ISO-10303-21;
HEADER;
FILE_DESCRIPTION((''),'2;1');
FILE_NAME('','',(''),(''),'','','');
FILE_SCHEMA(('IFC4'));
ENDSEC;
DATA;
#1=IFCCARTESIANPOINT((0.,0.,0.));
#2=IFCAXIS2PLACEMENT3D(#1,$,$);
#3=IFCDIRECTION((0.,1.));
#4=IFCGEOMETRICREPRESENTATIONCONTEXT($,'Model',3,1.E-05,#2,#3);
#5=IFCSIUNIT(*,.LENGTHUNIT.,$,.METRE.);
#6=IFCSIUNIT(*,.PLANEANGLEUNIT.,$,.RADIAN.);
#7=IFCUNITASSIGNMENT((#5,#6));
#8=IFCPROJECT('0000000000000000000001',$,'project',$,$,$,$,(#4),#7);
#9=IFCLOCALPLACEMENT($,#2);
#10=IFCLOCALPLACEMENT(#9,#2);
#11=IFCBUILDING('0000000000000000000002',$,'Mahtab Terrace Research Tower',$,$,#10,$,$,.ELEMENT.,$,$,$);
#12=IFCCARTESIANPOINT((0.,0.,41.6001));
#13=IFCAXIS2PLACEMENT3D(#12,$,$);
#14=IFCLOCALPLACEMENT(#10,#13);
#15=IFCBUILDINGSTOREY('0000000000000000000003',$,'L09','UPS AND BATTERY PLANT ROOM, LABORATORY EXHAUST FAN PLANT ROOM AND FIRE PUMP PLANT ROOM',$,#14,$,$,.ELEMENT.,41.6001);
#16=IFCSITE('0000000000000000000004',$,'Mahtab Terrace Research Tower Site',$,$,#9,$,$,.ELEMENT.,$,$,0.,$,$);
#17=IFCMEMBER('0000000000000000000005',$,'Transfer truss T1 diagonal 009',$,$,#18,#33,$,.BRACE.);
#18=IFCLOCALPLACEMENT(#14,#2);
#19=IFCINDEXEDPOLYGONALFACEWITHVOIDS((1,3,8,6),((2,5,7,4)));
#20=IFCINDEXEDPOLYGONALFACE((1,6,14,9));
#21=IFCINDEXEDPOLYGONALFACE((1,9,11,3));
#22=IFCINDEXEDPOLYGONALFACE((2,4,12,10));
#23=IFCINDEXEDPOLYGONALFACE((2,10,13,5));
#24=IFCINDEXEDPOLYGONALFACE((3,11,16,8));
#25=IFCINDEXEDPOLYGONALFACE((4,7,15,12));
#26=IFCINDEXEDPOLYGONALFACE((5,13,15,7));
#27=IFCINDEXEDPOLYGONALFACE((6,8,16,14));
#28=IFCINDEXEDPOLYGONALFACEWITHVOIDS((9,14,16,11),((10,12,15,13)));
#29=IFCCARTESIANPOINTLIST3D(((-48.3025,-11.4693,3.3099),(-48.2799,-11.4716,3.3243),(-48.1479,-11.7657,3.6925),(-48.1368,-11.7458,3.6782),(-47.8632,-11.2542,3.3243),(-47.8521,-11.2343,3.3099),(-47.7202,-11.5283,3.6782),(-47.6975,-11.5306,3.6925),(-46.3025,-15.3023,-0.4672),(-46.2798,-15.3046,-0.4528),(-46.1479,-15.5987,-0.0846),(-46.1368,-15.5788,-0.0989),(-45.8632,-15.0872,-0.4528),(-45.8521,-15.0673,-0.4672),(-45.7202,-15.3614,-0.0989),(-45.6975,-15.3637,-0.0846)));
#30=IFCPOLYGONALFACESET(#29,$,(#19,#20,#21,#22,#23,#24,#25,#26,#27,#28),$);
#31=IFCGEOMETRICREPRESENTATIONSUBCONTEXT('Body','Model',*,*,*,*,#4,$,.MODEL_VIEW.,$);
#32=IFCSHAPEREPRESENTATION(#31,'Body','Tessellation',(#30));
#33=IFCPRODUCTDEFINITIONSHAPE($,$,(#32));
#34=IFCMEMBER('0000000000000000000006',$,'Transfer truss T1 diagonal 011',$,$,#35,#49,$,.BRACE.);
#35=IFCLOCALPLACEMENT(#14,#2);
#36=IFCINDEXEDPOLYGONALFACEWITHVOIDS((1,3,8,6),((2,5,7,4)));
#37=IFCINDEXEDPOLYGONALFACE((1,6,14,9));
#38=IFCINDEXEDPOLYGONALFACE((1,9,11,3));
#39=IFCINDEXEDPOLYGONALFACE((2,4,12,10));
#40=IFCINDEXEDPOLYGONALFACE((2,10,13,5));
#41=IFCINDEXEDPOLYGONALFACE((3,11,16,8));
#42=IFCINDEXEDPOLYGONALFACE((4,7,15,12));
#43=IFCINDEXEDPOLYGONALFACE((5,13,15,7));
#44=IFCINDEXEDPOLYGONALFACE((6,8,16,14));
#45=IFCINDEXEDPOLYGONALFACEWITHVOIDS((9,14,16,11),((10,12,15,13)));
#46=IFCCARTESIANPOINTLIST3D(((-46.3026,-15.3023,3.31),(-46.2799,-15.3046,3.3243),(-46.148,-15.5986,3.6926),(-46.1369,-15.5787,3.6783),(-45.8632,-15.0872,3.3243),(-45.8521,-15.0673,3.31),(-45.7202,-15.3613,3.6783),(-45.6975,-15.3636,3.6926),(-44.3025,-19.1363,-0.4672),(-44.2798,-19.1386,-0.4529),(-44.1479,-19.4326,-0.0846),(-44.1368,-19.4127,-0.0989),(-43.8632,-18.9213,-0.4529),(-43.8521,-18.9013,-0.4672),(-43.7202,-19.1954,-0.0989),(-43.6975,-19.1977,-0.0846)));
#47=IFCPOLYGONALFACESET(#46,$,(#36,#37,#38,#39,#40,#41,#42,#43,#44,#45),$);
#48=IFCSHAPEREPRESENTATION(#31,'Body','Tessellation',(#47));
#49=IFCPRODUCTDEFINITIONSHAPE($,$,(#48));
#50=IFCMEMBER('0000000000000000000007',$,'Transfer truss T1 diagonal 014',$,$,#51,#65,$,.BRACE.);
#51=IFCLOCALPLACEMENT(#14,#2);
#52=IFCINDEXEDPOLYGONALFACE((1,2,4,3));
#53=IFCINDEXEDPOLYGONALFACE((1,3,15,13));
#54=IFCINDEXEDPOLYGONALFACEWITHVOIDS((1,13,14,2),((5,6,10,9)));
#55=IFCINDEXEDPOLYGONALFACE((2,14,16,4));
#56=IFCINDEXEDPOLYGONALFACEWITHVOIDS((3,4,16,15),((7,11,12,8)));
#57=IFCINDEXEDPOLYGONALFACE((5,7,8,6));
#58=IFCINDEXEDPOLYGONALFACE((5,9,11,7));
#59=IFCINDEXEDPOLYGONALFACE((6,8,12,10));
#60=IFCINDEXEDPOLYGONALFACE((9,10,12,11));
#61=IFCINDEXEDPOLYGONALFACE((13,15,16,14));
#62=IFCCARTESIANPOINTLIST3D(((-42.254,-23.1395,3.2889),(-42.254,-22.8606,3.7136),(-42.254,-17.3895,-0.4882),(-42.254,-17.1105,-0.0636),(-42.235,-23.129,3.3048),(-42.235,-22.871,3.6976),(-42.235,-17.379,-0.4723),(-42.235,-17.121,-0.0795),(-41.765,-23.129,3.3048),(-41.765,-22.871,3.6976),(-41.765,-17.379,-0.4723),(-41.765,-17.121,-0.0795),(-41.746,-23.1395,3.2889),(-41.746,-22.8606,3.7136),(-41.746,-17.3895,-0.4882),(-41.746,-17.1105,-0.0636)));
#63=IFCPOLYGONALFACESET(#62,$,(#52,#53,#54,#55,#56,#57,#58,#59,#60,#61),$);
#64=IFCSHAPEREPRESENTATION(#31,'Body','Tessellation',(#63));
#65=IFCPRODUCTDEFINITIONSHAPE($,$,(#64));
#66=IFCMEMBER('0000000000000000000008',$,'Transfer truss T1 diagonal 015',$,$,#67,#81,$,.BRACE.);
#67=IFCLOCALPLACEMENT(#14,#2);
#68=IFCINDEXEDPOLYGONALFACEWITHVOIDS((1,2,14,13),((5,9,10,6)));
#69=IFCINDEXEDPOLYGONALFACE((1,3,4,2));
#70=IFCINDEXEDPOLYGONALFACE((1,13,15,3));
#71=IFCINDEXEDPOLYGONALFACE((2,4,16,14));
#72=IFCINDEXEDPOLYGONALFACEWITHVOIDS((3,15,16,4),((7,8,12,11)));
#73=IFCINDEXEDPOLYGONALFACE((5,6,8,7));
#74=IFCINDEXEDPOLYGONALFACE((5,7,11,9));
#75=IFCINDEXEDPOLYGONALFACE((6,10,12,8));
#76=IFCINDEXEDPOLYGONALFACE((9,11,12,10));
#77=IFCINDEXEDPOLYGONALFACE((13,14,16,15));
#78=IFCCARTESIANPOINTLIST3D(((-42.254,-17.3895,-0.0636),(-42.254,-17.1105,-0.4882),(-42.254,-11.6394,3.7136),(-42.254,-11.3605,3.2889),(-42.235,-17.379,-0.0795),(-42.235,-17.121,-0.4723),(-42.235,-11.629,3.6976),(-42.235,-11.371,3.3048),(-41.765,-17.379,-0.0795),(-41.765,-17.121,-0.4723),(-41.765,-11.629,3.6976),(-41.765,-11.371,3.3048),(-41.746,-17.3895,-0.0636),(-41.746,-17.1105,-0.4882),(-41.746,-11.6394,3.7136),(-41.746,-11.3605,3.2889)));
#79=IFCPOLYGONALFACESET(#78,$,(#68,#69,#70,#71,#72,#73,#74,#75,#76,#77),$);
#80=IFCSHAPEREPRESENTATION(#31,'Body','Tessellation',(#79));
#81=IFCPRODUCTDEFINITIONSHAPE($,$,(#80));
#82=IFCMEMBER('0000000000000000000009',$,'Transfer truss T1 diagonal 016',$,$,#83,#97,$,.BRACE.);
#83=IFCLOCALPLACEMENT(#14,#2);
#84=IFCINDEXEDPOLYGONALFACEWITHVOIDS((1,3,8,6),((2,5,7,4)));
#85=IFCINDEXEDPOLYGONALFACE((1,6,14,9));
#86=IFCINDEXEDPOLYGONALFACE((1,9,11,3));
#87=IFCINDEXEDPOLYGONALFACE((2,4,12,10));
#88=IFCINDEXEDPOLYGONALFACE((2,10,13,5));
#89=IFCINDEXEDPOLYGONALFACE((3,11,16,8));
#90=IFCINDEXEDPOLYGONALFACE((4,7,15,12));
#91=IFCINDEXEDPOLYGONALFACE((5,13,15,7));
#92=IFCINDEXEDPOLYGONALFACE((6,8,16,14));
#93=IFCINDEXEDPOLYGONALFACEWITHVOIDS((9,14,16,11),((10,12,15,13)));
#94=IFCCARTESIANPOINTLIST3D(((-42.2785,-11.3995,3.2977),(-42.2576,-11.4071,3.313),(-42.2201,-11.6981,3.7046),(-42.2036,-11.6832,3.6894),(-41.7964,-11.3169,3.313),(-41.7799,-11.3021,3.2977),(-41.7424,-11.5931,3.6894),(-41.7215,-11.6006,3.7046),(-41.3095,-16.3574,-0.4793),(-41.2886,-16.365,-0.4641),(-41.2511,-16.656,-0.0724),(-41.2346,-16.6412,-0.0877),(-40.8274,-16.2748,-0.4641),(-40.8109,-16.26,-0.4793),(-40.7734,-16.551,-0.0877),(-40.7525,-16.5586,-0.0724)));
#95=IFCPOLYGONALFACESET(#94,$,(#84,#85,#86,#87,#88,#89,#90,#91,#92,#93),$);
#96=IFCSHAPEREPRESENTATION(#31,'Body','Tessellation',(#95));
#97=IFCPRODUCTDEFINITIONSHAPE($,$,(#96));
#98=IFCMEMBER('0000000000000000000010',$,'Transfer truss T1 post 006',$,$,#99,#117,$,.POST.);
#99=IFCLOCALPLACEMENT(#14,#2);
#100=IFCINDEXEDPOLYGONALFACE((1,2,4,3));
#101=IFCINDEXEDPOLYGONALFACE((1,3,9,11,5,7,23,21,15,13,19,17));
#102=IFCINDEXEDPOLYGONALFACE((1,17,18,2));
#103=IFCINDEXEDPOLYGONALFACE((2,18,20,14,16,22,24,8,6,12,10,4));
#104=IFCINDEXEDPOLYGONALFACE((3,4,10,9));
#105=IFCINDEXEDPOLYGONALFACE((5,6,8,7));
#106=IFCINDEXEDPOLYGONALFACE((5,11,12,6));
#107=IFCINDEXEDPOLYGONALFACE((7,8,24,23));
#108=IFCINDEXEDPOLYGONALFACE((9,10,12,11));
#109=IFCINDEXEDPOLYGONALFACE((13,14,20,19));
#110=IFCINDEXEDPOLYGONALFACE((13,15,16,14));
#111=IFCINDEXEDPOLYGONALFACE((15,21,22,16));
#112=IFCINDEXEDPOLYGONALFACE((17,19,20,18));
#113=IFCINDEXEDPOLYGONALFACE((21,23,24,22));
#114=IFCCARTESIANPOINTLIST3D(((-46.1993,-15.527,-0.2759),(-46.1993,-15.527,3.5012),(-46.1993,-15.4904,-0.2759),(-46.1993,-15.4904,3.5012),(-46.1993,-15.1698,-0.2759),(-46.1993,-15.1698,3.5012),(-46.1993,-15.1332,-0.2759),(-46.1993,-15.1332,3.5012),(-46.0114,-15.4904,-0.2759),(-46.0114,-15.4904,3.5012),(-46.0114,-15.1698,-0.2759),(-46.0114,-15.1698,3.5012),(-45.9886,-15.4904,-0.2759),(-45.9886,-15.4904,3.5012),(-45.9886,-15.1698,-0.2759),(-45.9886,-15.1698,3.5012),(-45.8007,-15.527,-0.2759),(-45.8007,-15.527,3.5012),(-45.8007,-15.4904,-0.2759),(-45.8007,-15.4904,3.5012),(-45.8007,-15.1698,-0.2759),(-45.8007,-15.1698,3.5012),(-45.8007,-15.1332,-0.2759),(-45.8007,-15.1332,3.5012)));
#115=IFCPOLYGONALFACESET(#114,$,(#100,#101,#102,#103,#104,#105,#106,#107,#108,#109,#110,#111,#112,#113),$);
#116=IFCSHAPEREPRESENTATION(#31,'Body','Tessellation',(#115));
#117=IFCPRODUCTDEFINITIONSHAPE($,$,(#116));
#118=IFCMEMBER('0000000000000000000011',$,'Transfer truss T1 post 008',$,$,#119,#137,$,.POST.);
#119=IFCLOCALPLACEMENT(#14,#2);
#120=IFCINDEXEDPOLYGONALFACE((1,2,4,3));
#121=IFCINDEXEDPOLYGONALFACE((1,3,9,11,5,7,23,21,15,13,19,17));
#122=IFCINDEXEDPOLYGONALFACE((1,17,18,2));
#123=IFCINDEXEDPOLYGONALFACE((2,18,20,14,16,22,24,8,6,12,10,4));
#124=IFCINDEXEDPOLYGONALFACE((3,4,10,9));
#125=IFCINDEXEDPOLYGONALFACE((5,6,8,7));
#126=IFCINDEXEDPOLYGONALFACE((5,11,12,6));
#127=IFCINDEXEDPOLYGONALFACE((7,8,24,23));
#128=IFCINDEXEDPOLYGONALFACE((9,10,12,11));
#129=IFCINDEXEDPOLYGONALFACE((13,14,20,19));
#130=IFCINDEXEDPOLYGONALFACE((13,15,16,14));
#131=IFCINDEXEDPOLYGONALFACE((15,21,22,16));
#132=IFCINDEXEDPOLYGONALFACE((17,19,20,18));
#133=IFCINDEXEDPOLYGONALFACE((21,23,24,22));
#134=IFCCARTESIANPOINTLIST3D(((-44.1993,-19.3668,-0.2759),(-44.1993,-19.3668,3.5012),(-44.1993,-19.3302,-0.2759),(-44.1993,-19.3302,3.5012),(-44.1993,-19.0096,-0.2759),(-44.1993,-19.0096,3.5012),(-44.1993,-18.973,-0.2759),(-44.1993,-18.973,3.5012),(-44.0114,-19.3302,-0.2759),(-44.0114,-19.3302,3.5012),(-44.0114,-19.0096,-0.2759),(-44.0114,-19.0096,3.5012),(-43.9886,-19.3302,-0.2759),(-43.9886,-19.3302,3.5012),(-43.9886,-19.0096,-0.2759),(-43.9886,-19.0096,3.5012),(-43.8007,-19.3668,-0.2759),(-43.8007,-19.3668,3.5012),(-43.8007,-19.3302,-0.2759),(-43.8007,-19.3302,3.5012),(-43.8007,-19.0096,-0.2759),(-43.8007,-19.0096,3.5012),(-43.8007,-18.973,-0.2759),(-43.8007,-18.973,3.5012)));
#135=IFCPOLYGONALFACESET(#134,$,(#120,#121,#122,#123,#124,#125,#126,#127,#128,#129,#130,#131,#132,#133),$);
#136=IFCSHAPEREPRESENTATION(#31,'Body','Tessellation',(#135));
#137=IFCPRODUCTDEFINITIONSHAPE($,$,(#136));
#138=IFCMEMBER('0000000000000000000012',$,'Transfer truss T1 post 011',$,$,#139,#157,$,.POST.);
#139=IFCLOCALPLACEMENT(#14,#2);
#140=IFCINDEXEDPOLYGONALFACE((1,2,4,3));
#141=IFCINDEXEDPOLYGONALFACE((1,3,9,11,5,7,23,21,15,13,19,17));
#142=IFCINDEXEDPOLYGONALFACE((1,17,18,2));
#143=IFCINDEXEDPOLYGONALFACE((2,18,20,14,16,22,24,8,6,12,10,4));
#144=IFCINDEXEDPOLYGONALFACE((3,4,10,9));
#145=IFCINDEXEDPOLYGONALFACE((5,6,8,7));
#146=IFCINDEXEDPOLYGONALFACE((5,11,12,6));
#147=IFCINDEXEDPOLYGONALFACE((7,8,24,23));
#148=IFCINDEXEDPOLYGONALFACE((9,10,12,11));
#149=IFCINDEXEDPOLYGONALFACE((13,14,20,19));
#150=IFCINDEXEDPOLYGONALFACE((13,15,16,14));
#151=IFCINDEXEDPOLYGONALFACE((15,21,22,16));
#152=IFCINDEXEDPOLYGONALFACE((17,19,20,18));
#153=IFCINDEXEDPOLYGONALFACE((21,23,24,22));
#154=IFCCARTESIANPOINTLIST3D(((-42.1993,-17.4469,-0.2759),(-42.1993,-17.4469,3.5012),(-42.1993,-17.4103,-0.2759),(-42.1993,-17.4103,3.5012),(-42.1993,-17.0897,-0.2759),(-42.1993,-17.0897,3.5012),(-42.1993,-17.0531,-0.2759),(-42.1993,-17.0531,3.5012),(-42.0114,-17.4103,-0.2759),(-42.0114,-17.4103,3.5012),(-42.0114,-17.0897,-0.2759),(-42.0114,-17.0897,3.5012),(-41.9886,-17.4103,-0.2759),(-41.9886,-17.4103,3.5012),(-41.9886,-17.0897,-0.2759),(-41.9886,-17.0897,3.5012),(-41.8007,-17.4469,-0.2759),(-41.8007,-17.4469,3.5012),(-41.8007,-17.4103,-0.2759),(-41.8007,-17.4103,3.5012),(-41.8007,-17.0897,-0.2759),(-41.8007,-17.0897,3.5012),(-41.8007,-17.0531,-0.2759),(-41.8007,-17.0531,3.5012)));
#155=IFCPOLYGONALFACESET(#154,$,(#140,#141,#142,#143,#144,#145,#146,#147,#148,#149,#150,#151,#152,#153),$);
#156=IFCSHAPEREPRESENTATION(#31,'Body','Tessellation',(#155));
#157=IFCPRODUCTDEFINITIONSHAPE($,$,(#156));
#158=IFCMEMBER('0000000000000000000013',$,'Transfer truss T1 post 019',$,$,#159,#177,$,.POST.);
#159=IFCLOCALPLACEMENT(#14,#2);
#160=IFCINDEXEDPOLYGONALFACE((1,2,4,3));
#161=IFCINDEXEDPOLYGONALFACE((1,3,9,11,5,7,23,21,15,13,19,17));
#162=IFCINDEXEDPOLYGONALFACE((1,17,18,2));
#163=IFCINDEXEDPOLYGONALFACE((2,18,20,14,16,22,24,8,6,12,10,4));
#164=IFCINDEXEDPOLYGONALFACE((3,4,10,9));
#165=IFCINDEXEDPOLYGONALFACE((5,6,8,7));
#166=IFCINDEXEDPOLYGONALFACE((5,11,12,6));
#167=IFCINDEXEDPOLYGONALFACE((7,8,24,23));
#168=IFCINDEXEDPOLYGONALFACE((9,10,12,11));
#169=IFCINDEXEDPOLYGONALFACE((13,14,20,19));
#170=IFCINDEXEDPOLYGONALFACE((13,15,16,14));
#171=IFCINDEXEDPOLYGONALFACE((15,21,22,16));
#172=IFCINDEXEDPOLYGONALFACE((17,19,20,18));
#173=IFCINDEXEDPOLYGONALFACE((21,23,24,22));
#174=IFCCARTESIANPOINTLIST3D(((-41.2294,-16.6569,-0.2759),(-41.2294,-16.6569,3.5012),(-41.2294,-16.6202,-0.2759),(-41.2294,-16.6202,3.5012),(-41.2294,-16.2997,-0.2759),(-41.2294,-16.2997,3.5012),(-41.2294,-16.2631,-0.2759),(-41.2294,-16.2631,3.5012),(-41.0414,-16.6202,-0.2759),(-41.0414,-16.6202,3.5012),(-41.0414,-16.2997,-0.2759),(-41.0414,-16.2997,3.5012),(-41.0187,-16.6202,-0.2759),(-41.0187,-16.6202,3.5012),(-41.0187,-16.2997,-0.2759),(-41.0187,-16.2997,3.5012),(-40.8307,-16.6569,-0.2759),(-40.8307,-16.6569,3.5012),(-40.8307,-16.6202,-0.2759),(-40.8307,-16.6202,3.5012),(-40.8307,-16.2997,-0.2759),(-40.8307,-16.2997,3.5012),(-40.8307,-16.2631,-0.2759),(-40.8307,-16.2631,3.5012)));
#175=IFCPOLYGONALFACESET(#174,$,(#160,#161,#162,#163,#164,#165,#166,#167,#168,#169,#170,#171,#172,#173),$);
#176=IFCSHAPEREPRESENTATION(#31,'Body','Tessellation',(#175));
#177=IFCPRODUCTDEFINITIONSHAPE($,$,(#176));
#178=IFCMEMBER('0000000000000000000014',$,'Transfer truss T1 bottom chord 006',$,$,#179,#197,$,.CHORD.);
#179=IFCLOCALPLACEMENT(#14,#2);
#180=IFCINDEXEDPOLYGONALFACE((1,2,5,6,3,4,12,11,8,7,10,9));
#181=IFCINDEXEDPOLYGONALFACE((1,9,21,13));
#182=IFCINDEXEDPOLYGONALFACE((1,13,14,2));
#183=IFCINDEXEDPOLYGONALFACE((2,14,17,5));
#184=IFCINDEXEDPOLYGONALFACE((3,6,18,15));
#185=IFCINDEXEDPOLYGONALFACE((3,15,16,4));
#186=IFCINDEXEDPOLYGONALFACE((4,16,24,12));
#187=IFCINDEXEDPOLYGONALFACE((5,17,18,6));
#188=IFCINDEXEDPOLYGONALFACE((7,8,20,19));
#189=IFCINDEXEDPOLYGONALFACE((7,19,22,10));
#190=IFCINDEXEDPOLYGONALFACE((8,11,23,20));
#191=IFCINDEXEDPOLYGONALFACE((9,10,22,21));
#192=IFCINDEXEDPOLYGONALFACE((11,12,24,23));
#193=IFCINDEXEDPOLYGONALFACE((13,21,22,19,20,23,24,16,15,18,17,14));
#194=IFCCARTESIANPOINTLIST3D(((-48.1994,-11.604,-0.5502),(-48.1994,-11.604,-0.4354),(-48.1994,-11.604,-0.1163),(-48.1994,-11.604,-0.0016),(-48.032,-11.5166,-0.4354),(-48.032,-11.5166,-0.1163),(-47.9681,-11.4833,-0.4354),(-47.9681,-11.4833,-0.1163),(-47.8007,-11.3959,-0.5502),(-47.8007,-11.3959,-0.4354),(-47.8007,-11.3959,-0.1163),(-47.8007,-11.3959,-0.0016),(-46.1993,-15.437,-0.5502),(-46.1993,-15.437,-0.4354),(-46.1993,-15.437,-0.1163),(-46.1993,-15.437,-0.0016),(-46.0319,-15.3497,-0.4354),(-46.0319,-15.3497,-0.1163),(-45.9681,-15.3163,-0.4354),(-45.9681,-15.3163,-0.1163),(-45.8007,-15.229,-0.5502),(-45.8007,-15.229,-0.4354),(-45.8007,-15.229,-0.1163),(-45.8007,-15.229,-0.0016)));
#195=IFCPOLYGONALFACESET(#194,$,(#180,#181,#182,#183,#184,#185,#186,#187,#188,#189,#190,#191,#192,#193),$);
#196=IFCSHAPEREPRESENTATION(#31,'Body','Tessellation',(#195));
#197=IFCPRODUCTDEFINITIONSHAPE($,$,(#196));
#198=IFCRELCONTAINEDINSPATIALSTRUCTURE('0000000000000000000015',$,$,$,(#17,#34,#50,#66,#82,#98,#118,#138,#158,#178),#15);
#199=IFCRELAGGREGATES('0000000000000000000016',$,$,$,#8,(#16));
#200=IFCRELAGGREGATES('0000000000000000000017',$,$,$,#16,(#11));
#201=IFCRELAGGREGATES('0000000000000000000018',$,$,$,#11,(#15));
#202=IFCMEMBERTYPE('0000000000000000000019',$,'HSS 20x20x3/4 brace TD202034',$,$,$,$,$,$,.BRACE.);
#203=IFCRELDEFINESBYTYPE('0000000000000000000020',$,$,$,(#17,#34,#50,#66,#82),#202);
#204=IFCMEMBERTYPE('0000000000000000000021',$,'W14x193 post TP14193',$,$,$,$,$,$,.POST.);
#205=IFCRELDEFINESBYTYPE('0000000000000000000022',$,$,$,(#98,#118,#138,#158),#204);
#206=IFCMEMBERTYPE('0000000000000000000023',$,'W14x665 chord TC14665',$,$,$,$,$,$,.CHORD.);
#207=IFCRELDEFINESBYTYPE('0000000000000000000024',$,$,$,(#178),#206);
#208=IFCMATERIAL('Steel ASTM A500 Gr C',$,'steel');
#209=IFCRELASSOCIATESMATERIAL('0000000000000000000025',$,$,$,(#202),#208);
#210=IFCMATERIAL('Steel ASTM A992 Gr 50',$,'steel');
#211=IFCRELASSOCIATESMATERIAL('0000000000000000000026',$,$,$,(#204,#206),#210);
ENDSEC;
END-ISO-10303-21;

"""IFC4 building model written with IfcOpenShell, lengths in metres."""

from ifc_helpers import new_model, si_unit, direction, frame, origin, origin_2d, place, context, subcontext, project, spatial, hollow_rectangle, i_section, extrude, material, material_profile, profile_set, type_object, element, save


model = new_model("IFC4")

# Units and contexts
model_context = context("Model", 3, precision=1e-05, world=origin(), true_north=direction((0.0, 1.0)))
body_context = subcontext(model_context, "Body", "Model", "MODEL_VIEW")
ifc_project = project(units=[si_unit("LENGTHUNIT", "METRE"), si_unit("PLANEANGLEUNIT", "RADIAN")], contexts=[model_context])

# Site, building, storey
site_placement = place(None, origin())
site = spatial("IfcSite", under=ifc_project, at=site_placement, Name="Mahtab Terrace Research Tower Site", CompositionType="ELEMENT", RefElevation=0.0)
building_placement = place(site_placement, origin())
building = spatial("IfcBuilding", under=site, at=building_placement, Name="Mahtab Terrace Research Tower", CompositionType="ELEMENT")
storey_placement = place(building_placement, frame((0.0, 0.0, 41.6001)))
storey = spatial("IfcBuildingStorey", under=building, at=storey_placement, Name="L09", Description="UPS AND BATTERY PLANT ROOM, LABORATORY EXHAUST FAN PLANT ROOM AND FIRE PUMP PLANT ROOM", CompositionType="ELEMENT", Elevation=41.6001)

# Members
ifc_material_1 = material(Name="Steel ASTM A500 Gr C", Category="steel")
ifc_material_profile_1 = material_profile(ifc_material_1, hollow_rectangle(XDim=0.5081, YDim=0.5081, WallThickness=0.019, at=origin_2d()), Name="HSS20X20X3/4")
ifc_profile_set_1 = profile_set([ifc_material_profile_1], Name="Steel ASTM A500 Gr C")
member_type_1 = type_object("IfcMemberType", Name="HSS 20x20x3/4 brace TD202034", PredefinedType="BRACE", material=ifc_profile_set_1)
member_1_placement = place(storey_placement, frame((-46.0, -15.333, -0.2759), z_axis=(-0.348375, 0.667662, 0.657923), x_axis=(-0.886569, -0.462597, 0.0)))
element("IfcMember", 1, at=member_1_placement, inside=storey, type_object=member_type_1, Name="Transfer truss T1 diagonal 009", PredefinedType="BRACE", context=body_context, shape_type="SweptSolid", body=[
    extrude(hollow_rectangle(XDim=0.5081, YDim=0.5081, WallThickness=0.019, at=origin_2d()), origin(), (0.0, 0.0, 1.0), 5.741),
])
member_2_placement = place(storey_placement, frame((-44.0, -19.167, -0.2759), z_axis=(-0.348335, 0.667756, 0.657848), x_axis=(-0.886617, -0.462504, 0.0)))
element("IfcMember", 2, at=member_2_placement, inside=storey, type_object=member_type_1, Name="Transfer truss T1 diagonal 011", PredefinedType="BRACE", context=body_context, shape_type="SweptSolid", body=[
    extrude(hollow_rectangle(XDim=0.5081, YDim=0.5081, WallThickness=0.019, at=origin_2d()), origin(), (0.0, 0.0, 1.0), 5.7417),
])
for number, where, z_axis, x_axis, name in (
    (3, (-42.0, -17.25, -0.2759), (0.0, -0.835804, 0.549028), (1.0, 0.0, 0.0), "Transfer truss T1 diagonal 014"),
    (4, (-42.0, -17.25, -0.2759), (0.0, 0.835804, 0.549028), (-1.0, 0.0, 0.0), "Transfer truss T1 diagonal 015"),
):
    element("IfcMember", number, at=place(storey_placement, frame(where, z_axis=z_axis, x_axis=x_axis)), inside=storey, type_object=member_type_1, Name=name, PredefinedType="BRACE", context=body_context, shape_type="SweptSolid", body=[
        extrude(hollow_rectangle(XDim=0.5081, YDim=0.5081, WallThickness=0.019, at=origin_2d()), origin(), (0.0, 0.0, 1.0), 6.8796),
    ])
member_3_placement = place(storey_placement, frame((-41.031, -16.458, -0.2759), z_axis=(-0.15362, 0.786023, 0.598806), x_axis=(-0.981432, -0.191811, 0.0)))
element("IfcMember", 5, at=member_3_placement, inside=storey, type_object=member_type_1, Name="Transfer truss T1 diagonal 016", PredefinedType="BRACE", context=body_context, shape_type="SweptSolid", body=[
    extrude(hollow_rectangle(XDim=0.5081, YDim=0.5081, WallThickness=0.019, at=origin_2d()), origin(), (0.0, 0.0, 1.0), 6.3076),
])
ifc_material_2 = material(Name="Steel ASTM A992 Gr 50", Category="steel")
ifc_material_profile_2 = material_profile(ifc_material_2, i_section(OverallWidth=0.3987, OverallDepth=0.3938, WebThickness=0.0227, FlangeThickness=0.0366, at=origin_2d()), Name="W14X193")
ifc_profile_set_2 = profile_set([ifc_material_profile_2], Name="Steel ASTM A992 Gr 50")
member_type_2 = type_object("IfcMemberType", Name="W14x193 post TP14193", PredefinedType="POST", material=ifc_profile_set_2)
for number, where, z_axis, x_axis, name in (
    (6, (-46.0, -15.3301, -0.2759), (0.0, 0.0, 1.0), (1.0, 0.0, 0.0), "Transfer truss T1 post 006"),
    (7, (-44.0, -19.1699, -0.2759), (0.0, 0.0, 1.0), (1.0, 0.0, 0.0), "Transfer truss T1 post 008"),
    (8, (-42.0, -17.25, -0.2759), (0.0, 0.0, 1.0), (1.0, 0.0, 0.0), "Transfer truss T1 post 011"),
    (9, (-41.03, -16.46, -0.2759), (0.0, 0.0, 1.0), (1.0, 0.0, 0.0), "Transfer truss T1 post 019"),
):
    element("IfcMember", number, at=place(storey_placement, frame(where, z_axis=z_axis, x_axis=x_axis)), inside=storey, type_object=member_type_2, Name=name, PredefinedType="POST", context=body_context, shape_type="SweptSolid", body=[
        extrude(i_section(OverallWidth=0.3987, OverallDepth=0.3938, WebThickness=0.0227, FlangeThickness=0.0366, at=origin_2d()), origin(), (0.0, 0.0, 1.0), 3.7771),
    ])
ifc_material_profile_3 = material_profile(ifc_material_2, i_section(OverallWidth=0.4497, OverallDepth=0.5486, WebThickness=0.072, FlangeThickness=0.1147, at=origin_2d()), Name="W14X665")
ifc_profile_set_3 = profile_set([ifc_material_profile_3], Name="Steel ASTM A992 Gr 50")
member_type_3 = type_object("IfcMemberType", Name="W14x665 chord TC14665", PredefinedType="CHORD", material=ifc_profile_set_3)
member_4_placement = place(storey_placement, frame((-46.0, -15.333, -0.2759), z_axis=(-0.462597, 0.886569, 0.0), x_axis=(-0.886569, -0.462597, 0.0)))
element("IfcMember", 10, at=member_4_placement, inside=storey, type_object=member_type_3, Name="Transfer truss T1 bottom chord 006", PredefinedType="CHORD", context=body_context, shape_type="SweptSolid", body=[
    extrude(i_section(OverallWidth=0.4497, OverallDepth=0.5486, WebThickness=0.072, FlangeThickness=0.1147, at=origin_2d()), origin(), (0.0, 0.0, 1.0), 4.3235),
])

save(model, "model.ifc")
